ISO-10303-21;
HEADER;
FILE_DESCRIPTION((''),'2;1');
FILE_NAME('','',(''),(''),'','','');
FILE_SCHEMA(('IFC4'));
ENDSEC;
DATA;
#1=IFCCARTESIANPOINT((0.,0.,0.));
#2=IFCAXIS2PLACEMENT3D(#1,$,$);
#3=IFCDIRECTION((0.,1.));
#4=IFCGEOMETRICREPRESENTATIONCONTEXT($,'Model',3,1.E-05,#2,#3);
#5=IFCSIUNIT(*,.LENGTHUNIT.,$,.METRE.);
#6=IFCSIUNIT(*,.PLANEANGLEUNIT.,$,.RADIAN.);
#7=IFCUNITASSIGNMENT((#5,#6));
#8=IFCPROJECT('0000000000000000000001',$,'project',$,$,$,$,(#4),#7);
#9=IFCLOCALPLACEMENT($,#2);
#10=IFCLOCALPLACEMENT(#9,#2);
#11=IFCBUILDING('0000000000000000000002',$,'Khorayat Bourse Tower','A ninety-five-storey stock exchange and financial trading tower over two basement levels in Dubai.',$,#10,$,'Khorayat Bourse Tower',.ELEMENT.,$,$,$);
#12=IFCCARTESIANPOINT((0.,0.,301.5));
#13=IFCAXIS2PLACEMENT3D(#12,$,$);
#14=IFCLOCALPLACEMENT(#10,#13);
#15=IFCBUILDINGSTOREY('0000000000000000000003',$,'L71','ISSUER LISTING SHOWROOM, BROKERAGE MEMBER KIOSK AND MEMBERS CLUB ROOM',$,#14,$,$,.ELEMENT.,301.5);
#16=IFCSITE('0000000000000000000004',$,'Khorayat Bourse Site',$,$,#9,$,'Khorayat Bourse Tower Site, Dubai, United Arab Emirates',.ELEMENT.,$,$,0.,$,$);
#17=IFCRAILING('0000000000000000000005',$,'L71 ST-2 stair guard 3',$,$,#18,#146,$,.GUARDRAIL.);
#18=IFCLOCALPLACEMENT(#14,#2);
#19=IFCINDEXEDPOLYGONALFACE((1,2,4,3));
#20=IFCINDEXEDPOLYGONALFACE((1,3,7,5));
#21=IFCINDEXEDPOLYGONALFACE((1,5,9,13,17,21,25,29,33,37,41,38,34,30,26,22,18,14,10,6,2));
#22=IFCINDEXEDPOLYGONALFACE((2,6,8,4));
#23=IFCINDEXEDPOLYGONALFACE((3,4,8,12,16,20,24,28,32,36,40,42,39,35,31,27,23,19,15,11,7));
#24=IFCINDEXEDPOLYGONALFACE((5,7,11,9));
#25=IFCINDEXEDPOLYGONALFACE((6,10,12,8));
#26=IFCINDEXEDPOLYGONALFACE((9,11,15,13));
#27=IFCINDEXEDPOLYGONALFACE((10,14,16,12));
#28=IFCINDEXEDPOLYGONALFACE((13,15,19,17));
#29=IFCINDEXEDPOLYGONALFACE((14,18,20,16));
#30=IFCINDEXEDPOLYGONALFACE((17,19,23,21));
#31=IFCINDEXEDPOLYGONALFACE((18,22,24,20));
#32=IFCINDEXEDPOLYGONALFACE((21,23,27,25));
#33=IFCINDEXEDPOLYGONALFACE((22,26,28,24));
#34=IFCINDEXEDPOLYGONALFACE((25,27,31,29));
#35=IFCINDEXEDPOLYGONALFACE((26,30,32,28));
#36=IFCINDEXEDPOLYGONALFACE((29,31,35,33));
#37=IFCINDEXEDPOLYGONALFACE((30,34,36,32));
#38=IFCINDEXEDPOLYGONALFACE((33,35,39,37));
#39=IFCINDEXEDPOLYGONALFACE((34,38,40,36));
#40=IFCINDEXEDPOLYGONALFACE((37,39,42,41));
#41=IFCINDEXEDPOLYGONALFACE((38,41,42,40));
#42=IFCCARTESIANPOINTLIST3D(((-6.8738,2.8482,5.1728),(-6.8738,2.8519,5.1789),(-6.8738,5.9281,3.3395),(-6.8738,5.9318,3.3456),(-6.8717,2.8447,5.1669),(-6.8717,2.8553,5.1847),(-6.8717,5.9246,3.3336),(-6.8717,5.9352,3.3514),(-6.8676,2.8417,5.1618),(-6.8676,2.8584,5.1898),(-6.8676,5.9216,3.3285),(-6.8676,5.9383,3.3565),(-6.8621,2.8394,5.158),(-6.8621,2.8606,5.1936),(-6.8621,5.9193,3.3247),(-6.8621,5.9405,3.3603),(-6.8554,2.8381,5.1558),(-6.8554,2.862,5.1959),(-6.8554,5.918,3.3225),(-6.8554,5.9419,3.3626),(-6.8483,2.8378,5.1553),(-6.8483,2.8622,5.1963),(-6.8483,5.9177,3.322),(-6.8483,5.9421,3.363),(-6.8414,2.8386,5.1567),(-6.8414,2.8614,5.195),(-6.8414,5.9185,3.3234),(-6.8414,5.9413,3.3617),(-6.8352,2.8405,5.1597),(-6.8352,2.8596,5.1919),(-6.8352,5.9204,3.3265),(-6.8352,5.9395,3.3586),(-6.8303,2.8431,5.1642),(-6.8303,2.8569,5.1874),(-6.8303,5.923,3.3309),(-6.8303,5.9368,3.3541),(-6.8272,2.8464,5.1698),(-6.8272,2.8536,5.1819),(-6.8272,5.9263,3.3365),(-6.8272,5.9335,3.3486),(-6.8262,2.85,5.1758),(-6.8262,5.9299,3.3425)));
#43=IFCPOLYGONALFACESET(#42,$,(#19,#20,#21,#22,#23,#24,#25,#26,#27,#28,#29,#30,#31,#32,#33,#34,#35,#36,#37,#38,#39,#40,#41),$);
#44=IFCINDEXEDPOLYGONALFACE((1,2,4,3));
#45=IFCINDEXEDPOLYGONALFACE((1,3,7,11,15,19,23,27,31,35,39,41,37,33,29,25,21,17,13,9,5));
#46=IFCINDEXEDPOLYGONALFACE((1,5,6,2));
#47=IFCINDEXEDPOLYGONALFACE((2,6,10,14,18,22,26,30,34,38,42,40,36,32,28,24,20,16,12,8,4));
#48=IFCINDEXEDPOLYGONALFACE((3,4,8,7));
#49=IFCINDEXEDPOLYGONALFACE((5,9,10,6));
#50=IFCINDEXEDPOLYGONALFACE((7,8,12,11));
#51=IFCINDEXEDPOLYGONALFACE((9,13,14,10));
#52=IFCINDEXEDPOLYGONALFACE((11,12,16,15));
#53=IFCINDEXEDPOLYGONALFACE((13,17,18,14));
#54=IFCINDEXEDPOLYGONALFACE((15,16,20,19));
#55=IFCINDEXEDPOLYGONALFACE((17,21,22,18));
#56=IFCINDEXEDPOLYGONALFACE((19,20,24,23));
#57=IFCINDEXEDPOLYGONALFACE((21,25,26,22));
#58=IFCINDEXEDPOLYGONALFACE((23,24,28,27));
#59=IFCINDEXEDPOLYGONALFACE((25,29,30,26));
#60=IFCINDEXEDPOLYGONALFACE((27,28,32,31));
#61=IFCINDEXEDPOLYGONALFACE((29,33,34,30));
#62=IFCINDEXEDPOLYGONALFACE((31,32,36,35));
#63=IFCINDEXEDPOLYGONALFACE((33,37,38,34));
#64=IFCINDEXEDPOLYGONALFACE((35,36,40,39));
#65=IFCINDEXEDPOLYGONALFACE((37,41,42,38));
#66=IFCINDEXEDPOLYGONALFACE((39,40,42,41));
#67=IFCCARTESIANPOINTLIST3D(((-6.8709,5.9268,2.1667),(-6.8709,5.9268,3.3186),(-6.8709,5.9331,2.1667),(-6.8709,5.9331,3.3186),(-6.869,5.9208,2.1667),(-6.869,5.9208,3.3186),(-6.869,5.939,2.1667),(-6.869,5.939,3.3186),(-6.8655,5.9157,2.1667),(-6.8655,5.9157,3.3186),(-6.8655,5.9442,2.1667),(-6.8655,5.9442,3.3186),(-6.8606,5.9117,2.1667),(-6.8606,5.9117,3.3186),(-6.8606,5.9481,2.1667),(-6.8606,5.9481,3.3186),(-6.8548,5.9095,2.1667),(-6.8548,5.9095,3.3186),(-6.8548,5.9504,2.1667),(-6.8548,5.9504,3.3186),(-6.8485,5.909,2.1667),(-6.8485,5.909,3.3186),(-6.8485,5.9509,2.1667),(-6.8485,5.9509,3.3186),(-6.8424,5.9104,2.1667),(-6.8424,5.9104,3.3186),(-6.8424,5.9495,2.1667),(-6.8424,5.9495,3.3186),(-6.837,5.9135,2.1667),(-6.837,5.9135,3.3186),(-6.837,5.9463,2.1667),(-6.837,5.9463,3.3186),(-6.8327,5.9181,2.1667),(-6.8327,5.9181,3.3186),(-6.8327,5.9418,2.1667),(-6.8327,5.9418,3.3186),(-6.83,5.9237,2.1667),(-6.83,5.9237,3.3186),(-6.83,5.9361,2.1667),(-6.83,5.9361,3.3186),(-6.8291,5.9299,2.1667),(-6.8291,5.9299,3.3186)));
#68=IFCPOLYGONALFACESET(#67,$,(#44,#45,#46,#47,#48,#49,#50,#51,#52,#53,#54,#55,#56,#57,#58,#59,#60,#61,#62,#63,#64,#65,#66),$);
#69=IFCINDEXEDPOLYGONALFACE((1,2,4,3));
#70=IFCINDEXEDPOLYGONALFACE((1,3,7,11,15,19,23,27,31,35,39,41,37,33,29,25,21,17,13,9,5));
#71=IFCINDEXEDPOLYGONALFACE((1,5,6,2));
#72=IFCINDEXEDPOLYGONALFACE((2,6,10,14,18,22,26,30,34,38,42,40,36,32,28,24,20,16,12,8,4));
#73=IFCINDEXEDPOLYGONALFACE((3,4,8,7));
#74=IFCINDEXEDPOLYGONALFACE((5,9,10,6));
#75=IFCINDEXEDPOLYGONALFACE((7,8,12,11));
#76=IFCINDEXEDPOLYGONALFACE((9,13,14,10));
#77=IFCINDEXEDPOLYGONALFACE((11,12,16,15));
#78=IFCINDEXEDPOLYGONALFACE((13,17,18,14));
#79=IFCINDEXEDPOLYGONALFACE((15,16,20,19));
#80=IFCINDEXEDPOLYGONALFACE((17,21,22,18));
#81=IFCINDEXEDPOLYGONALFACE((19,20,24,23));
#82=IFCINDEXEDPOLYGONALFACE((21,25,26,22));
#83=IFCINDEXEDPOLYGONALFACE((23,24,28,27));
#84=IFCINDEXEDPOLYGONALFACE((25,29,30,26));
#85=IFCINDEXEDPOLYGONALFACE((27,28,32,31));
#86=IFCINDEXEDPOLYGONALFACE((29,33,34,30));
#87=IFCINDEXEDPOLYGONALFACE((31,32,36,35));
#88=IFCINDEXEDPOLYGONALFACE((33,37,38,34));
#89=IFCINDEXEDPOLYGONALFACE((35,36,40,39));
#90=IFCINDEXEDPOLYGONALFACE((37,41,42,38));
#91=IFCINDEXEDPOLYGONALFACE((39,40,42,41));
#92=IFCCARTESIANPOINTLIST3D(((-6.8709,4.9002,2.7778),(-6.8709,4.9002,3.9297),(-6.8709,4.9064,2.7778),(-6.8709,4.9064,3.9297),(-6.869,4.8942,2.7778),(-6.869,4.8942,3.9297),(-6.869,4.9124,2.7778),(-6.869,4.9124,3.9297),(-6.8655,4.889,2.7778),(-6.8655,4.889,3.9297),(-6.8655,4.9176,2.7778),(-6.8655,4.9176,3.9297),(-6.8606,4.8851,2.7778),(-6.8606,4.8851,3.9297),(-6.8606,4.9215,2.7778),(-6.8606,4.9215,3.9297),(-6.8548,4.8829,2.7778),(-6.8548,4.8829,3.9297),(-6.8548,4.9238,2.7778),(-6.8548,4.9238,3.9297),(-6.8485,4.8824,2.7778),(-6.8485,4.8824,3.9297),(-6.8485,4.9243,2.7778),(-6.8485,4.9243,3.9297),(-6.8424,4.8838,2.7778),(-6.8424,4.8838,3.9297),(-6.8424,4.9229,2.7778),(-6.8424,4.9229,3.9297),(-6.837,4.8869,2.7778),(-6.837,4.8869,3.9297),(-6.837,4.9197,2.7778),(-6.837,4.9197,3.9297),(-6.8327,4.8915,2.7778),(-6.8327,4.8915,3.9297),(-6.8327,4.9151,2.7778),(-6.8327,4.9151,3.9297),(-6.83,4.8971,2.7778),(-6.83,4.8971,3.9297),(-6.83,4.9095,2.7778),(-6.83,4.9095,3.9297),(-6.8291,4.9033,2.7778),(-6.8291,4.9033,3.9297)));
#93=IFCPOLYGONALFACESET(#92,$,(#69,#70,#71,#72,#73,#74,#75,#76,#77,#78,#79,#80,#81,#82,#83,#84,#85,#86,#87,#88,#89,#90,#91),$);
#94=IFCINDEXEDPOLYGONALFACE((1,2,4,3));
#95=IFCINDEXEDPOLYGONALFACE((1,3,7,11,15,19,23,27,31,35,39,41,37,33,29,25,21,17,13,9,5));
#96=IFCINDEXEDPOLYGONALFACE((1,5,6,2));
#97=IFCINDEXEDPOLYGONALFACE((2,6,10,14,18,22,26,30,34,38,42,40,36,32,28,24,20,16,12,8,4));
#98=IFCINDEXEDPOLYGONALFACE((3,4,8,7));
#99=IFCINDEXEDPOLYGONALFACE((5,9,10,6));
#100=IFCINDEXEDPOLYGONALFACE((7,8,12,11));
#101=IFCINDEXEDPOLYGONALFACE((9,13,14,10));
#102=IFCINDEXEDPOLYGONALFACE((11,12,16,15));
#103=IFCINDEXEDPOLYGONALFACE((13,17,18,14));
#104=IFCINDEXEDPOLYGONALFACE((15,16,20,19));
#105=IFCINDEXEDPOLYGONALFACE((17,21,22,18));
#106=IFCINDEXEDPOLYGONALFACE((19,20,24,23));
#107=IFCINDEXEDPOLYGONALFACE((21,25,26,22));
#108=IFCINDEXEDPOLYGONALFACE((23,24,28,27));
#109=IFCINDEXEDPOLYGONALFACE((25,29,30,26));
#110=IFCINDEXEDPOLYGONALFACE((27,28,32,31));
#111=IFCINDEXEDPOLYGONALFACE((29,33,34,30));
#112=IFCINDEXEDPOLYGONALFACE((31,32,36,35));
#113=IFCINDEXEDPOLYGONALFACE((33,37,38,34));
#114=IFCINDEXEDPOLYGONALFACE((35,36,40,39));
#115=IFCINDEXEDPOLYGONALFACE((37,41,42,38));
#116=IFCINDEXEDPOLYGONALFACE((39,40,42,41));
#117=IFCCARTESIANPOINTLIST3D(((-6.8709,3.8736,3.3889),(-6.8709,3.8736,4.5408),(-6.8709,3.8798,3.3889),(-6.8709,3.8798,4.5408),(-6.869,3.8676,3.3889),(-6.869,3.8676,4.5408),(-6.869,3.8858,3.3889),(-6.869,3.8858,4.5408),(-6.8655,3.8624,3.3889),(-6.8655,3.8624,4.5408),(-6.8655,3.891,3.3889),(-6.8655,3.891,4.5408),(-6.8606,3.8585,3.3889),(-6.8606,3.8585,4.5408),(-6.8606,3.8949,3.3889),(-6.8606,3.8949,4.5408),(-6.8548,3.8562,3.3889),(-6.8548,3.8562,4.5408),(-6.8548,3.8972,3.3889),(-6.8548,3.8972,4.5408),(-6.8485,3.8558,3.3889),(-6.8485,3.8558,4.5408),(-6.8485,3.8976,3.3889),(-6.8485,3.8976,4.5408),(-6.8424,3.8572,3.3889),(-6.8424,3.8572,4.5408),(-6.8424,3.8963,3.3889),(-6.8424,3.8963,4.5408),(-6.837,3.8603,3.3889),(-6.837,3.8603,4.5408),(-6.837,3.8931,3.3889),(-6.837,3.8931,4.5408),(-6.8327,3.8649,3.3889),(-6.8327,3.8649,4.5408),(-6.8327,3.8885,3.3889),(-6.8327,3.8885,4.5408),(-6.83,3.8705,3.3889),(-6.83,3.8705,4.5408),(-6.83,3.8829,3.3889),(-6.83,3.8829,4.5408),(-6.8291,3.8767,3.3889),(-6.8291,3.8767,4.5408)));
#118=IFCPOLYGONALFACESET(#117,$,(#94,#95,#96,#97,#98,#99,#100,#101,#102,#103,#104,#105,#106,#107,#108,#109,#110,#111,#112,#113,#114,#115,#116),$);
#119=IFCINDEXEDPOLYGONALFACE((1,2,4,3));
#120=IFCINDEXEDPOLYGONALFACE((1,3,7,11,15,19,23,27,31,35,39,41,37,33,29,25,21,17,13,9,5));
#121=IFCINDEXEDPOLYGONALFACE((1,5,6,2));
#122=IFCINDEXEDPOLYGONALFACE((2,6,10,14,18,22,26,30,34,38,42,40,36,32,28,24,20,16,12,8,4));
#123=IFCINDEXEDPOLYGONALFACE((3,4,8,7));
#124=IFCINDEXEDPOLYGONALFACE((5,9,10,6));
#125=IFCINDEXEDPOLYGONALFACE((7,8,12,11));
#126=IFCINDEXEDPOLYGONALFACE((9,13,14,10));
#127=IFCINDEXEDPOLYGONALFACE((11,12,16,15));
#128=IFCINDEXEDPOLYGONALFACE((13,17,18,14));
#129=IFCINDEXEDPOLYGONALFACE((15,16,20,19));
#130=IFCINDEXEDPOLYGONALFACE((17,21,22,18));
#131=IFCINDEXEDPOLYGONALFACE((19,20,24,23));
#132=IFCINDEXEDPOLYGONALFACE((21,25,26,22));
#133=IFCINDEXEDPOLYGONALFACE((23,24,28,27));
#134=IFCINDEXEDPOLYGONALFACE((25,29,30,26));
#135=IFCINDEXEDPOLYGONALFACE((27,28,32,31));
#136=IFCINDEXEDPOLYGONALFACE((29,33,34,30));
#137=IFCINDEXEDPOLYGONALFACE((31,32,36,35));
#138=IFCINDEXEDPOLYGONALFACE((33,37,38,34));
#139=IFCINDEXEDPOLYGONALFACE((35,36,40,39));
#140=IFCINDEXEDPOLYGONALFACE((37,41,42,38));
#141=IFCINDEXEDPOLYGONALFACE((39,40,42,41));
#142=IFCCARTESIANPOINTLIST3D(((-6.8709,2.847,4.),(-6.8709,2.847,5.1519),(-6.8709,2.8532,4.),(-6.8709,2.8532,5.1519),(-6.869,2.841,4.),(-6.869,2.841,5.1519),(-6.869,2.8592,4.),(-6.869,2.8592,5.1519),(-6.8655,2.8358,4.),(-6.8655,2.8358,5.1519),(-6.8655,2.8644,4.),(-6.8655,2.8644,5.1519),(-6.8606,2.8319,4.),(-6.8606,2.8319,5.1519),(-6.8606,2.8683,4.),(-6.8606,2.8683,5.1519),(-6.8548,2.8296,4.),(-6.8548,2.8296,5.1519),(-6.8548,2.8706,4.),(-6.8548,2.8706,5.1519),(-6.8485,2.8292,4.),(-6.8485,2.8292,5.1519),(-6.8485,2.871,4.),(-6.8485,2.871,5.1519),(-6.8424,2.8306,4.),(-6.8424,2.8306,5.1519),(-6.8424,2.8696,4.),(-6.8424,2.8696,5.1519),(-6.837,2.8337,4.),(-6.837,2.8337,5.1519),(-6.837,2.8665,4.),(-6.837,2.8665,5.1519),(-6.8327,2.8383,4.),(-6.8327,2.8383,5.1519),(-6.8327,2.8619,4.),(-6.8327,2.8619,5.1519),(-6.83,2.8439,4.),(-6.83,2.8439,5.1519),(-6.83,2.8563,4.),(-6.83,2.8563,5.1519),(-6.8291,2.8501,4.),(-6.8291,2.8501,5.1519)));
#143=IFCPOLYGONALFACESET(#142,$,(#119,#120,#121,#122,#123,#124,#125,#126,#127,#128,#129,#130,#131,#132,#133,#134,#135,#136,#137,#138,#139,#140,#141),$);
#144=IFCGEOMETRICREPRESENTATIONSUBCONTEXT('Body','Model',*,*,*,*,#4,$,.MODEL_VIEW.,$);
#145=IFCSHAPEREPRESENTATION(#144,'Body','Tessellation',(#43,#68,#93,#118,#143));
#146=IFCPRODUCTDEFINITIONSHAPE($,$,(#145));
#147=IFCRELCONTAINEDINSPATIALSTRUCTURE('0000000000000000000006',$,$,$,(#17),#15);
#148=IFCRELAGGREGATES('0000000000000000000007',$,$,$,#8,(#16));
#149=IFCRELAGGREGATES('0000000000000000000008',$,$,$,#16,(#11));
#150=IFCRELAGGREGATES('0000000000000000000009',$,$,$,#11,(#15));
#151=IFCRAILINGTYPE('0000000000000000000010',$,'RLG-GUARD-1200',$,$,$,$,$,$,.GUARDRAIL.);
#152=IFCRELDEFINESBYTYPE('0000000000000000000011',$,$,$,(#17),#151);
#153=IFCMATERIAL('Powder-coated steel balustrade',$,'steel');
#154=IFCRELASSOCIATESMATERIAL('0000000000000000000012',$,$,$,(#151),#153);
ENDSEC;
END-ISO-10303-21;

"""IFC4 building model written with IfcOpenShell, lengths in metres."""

from ifc_helpers import new_model, si_unit, direction, frame, origin, origin_2d, place, context, subcontext, project, spatial, circle, extrude, source, transform, mapped, material, type_object, element, save


model = new_model("IFC4")

# Units and contexts
model_context = context("Model", 3, precision=1e-05, world=origin(), true_north=direction((0.0, 1.0)))
body_context = subcontext(model_context, "Body", "Model", "MODEL_VIEW")
ifc_project = project(units=[si_unit("LENGTHUNIT", "METRE"), si_unit("PLANEANGLEUNIT", "RADIAN")], contexts=[model_context])

# Site, building, storey
site_placement = place(None, origin())
site = spatial("IfcSite", under=ifc_project, at=site_placement, Name="Khorayat Bourse Site", LongName="Khorayat Bourse Tower Site, Dubai, United Arab Emirates", CompositionType="ELEMENT", RefElevation=0.0)
building_placement = place(site_placement, origin())
building = spatial("IfcBuilding", under=site, at=building_placement, Name="Khorayat Bourse Tower", Description="A ninety-five-storey stock exchange and financial trading tower over two basement levels in Dubai.", LongName="Khorayat Bourse Tower", CompositionType="ELEMENT")
storey_placement = place(building_placement, frame((0.0, 0.0, 301.5)))
storey = spatial("IfcBuildingStorey", under=building, at=storey_placement, Name="L71", Description="ISSUER LISTING SHOWROOM, BROKERAGE MEMBER KIOSK AND MEMBERS CLUB ROOM", CompositionType="ELEMENT", Elevation=301.5)

# Railing
ifc_material_1 = material(Name="Powder-coated steel balustrade", Category="steel")
railing_type_1 = type_object("IfcRailingType", Name="RLG-GUARD-1200", PredefinedType="GUARDRAIL", material=ifc_material_1)
shared_shape_1 = source(origin(), body_context, "Body", "SweptSolid", [
    extrude(circle(Radius=0.0239, at=origin_2d()), frame((0.0, 0.0, 1.1758), z_axis=(0.0, -0.859291, 0.511487), x_axis=(1.0, 0.0, 0.0)), (0.0, 0.0, 1.0), 3.5842),
    extrude(circle(Radius=0.021, at=origin_2d()), origin(), (0.0, 0.0, 1.0), 1.1519),
    extrude(circle(Radius=0.021, at=origin_2d()), frame((0.0, -1.0266, 0.6111)), (0.0, 0.0, 1.0), 1.1519),
    extrude(circle(Radius=0.021, at=origin_2d()), frame((0.0, -2.0532, 1.2222)), (0.0, 0.0, 1.0), 1.1519),
    extrude(circle(Radius=0.021, at=origin_2d()), frame((0.0, -3.0798, 1.8333)), (0.0, 0.0, 1.0), 1.1519),
])
railing_1_placement = place(storey_placement, frame((-6.8501, 5.9299, 2.1667)))
element("IfcRailing", 1, at=railing_1_placement, inside=storey, type_object=railing_type_1, Name="L71 ST-2 stair guard 3", PredefinedType="GUARDRAIL", context=body_context, shape_type="MappedRepresentation", body=[
    mapped(shared_shape_1, transform((0.0, 0.0, 0.0), scale=1.0)),
])

save(model, "model.ifc")
